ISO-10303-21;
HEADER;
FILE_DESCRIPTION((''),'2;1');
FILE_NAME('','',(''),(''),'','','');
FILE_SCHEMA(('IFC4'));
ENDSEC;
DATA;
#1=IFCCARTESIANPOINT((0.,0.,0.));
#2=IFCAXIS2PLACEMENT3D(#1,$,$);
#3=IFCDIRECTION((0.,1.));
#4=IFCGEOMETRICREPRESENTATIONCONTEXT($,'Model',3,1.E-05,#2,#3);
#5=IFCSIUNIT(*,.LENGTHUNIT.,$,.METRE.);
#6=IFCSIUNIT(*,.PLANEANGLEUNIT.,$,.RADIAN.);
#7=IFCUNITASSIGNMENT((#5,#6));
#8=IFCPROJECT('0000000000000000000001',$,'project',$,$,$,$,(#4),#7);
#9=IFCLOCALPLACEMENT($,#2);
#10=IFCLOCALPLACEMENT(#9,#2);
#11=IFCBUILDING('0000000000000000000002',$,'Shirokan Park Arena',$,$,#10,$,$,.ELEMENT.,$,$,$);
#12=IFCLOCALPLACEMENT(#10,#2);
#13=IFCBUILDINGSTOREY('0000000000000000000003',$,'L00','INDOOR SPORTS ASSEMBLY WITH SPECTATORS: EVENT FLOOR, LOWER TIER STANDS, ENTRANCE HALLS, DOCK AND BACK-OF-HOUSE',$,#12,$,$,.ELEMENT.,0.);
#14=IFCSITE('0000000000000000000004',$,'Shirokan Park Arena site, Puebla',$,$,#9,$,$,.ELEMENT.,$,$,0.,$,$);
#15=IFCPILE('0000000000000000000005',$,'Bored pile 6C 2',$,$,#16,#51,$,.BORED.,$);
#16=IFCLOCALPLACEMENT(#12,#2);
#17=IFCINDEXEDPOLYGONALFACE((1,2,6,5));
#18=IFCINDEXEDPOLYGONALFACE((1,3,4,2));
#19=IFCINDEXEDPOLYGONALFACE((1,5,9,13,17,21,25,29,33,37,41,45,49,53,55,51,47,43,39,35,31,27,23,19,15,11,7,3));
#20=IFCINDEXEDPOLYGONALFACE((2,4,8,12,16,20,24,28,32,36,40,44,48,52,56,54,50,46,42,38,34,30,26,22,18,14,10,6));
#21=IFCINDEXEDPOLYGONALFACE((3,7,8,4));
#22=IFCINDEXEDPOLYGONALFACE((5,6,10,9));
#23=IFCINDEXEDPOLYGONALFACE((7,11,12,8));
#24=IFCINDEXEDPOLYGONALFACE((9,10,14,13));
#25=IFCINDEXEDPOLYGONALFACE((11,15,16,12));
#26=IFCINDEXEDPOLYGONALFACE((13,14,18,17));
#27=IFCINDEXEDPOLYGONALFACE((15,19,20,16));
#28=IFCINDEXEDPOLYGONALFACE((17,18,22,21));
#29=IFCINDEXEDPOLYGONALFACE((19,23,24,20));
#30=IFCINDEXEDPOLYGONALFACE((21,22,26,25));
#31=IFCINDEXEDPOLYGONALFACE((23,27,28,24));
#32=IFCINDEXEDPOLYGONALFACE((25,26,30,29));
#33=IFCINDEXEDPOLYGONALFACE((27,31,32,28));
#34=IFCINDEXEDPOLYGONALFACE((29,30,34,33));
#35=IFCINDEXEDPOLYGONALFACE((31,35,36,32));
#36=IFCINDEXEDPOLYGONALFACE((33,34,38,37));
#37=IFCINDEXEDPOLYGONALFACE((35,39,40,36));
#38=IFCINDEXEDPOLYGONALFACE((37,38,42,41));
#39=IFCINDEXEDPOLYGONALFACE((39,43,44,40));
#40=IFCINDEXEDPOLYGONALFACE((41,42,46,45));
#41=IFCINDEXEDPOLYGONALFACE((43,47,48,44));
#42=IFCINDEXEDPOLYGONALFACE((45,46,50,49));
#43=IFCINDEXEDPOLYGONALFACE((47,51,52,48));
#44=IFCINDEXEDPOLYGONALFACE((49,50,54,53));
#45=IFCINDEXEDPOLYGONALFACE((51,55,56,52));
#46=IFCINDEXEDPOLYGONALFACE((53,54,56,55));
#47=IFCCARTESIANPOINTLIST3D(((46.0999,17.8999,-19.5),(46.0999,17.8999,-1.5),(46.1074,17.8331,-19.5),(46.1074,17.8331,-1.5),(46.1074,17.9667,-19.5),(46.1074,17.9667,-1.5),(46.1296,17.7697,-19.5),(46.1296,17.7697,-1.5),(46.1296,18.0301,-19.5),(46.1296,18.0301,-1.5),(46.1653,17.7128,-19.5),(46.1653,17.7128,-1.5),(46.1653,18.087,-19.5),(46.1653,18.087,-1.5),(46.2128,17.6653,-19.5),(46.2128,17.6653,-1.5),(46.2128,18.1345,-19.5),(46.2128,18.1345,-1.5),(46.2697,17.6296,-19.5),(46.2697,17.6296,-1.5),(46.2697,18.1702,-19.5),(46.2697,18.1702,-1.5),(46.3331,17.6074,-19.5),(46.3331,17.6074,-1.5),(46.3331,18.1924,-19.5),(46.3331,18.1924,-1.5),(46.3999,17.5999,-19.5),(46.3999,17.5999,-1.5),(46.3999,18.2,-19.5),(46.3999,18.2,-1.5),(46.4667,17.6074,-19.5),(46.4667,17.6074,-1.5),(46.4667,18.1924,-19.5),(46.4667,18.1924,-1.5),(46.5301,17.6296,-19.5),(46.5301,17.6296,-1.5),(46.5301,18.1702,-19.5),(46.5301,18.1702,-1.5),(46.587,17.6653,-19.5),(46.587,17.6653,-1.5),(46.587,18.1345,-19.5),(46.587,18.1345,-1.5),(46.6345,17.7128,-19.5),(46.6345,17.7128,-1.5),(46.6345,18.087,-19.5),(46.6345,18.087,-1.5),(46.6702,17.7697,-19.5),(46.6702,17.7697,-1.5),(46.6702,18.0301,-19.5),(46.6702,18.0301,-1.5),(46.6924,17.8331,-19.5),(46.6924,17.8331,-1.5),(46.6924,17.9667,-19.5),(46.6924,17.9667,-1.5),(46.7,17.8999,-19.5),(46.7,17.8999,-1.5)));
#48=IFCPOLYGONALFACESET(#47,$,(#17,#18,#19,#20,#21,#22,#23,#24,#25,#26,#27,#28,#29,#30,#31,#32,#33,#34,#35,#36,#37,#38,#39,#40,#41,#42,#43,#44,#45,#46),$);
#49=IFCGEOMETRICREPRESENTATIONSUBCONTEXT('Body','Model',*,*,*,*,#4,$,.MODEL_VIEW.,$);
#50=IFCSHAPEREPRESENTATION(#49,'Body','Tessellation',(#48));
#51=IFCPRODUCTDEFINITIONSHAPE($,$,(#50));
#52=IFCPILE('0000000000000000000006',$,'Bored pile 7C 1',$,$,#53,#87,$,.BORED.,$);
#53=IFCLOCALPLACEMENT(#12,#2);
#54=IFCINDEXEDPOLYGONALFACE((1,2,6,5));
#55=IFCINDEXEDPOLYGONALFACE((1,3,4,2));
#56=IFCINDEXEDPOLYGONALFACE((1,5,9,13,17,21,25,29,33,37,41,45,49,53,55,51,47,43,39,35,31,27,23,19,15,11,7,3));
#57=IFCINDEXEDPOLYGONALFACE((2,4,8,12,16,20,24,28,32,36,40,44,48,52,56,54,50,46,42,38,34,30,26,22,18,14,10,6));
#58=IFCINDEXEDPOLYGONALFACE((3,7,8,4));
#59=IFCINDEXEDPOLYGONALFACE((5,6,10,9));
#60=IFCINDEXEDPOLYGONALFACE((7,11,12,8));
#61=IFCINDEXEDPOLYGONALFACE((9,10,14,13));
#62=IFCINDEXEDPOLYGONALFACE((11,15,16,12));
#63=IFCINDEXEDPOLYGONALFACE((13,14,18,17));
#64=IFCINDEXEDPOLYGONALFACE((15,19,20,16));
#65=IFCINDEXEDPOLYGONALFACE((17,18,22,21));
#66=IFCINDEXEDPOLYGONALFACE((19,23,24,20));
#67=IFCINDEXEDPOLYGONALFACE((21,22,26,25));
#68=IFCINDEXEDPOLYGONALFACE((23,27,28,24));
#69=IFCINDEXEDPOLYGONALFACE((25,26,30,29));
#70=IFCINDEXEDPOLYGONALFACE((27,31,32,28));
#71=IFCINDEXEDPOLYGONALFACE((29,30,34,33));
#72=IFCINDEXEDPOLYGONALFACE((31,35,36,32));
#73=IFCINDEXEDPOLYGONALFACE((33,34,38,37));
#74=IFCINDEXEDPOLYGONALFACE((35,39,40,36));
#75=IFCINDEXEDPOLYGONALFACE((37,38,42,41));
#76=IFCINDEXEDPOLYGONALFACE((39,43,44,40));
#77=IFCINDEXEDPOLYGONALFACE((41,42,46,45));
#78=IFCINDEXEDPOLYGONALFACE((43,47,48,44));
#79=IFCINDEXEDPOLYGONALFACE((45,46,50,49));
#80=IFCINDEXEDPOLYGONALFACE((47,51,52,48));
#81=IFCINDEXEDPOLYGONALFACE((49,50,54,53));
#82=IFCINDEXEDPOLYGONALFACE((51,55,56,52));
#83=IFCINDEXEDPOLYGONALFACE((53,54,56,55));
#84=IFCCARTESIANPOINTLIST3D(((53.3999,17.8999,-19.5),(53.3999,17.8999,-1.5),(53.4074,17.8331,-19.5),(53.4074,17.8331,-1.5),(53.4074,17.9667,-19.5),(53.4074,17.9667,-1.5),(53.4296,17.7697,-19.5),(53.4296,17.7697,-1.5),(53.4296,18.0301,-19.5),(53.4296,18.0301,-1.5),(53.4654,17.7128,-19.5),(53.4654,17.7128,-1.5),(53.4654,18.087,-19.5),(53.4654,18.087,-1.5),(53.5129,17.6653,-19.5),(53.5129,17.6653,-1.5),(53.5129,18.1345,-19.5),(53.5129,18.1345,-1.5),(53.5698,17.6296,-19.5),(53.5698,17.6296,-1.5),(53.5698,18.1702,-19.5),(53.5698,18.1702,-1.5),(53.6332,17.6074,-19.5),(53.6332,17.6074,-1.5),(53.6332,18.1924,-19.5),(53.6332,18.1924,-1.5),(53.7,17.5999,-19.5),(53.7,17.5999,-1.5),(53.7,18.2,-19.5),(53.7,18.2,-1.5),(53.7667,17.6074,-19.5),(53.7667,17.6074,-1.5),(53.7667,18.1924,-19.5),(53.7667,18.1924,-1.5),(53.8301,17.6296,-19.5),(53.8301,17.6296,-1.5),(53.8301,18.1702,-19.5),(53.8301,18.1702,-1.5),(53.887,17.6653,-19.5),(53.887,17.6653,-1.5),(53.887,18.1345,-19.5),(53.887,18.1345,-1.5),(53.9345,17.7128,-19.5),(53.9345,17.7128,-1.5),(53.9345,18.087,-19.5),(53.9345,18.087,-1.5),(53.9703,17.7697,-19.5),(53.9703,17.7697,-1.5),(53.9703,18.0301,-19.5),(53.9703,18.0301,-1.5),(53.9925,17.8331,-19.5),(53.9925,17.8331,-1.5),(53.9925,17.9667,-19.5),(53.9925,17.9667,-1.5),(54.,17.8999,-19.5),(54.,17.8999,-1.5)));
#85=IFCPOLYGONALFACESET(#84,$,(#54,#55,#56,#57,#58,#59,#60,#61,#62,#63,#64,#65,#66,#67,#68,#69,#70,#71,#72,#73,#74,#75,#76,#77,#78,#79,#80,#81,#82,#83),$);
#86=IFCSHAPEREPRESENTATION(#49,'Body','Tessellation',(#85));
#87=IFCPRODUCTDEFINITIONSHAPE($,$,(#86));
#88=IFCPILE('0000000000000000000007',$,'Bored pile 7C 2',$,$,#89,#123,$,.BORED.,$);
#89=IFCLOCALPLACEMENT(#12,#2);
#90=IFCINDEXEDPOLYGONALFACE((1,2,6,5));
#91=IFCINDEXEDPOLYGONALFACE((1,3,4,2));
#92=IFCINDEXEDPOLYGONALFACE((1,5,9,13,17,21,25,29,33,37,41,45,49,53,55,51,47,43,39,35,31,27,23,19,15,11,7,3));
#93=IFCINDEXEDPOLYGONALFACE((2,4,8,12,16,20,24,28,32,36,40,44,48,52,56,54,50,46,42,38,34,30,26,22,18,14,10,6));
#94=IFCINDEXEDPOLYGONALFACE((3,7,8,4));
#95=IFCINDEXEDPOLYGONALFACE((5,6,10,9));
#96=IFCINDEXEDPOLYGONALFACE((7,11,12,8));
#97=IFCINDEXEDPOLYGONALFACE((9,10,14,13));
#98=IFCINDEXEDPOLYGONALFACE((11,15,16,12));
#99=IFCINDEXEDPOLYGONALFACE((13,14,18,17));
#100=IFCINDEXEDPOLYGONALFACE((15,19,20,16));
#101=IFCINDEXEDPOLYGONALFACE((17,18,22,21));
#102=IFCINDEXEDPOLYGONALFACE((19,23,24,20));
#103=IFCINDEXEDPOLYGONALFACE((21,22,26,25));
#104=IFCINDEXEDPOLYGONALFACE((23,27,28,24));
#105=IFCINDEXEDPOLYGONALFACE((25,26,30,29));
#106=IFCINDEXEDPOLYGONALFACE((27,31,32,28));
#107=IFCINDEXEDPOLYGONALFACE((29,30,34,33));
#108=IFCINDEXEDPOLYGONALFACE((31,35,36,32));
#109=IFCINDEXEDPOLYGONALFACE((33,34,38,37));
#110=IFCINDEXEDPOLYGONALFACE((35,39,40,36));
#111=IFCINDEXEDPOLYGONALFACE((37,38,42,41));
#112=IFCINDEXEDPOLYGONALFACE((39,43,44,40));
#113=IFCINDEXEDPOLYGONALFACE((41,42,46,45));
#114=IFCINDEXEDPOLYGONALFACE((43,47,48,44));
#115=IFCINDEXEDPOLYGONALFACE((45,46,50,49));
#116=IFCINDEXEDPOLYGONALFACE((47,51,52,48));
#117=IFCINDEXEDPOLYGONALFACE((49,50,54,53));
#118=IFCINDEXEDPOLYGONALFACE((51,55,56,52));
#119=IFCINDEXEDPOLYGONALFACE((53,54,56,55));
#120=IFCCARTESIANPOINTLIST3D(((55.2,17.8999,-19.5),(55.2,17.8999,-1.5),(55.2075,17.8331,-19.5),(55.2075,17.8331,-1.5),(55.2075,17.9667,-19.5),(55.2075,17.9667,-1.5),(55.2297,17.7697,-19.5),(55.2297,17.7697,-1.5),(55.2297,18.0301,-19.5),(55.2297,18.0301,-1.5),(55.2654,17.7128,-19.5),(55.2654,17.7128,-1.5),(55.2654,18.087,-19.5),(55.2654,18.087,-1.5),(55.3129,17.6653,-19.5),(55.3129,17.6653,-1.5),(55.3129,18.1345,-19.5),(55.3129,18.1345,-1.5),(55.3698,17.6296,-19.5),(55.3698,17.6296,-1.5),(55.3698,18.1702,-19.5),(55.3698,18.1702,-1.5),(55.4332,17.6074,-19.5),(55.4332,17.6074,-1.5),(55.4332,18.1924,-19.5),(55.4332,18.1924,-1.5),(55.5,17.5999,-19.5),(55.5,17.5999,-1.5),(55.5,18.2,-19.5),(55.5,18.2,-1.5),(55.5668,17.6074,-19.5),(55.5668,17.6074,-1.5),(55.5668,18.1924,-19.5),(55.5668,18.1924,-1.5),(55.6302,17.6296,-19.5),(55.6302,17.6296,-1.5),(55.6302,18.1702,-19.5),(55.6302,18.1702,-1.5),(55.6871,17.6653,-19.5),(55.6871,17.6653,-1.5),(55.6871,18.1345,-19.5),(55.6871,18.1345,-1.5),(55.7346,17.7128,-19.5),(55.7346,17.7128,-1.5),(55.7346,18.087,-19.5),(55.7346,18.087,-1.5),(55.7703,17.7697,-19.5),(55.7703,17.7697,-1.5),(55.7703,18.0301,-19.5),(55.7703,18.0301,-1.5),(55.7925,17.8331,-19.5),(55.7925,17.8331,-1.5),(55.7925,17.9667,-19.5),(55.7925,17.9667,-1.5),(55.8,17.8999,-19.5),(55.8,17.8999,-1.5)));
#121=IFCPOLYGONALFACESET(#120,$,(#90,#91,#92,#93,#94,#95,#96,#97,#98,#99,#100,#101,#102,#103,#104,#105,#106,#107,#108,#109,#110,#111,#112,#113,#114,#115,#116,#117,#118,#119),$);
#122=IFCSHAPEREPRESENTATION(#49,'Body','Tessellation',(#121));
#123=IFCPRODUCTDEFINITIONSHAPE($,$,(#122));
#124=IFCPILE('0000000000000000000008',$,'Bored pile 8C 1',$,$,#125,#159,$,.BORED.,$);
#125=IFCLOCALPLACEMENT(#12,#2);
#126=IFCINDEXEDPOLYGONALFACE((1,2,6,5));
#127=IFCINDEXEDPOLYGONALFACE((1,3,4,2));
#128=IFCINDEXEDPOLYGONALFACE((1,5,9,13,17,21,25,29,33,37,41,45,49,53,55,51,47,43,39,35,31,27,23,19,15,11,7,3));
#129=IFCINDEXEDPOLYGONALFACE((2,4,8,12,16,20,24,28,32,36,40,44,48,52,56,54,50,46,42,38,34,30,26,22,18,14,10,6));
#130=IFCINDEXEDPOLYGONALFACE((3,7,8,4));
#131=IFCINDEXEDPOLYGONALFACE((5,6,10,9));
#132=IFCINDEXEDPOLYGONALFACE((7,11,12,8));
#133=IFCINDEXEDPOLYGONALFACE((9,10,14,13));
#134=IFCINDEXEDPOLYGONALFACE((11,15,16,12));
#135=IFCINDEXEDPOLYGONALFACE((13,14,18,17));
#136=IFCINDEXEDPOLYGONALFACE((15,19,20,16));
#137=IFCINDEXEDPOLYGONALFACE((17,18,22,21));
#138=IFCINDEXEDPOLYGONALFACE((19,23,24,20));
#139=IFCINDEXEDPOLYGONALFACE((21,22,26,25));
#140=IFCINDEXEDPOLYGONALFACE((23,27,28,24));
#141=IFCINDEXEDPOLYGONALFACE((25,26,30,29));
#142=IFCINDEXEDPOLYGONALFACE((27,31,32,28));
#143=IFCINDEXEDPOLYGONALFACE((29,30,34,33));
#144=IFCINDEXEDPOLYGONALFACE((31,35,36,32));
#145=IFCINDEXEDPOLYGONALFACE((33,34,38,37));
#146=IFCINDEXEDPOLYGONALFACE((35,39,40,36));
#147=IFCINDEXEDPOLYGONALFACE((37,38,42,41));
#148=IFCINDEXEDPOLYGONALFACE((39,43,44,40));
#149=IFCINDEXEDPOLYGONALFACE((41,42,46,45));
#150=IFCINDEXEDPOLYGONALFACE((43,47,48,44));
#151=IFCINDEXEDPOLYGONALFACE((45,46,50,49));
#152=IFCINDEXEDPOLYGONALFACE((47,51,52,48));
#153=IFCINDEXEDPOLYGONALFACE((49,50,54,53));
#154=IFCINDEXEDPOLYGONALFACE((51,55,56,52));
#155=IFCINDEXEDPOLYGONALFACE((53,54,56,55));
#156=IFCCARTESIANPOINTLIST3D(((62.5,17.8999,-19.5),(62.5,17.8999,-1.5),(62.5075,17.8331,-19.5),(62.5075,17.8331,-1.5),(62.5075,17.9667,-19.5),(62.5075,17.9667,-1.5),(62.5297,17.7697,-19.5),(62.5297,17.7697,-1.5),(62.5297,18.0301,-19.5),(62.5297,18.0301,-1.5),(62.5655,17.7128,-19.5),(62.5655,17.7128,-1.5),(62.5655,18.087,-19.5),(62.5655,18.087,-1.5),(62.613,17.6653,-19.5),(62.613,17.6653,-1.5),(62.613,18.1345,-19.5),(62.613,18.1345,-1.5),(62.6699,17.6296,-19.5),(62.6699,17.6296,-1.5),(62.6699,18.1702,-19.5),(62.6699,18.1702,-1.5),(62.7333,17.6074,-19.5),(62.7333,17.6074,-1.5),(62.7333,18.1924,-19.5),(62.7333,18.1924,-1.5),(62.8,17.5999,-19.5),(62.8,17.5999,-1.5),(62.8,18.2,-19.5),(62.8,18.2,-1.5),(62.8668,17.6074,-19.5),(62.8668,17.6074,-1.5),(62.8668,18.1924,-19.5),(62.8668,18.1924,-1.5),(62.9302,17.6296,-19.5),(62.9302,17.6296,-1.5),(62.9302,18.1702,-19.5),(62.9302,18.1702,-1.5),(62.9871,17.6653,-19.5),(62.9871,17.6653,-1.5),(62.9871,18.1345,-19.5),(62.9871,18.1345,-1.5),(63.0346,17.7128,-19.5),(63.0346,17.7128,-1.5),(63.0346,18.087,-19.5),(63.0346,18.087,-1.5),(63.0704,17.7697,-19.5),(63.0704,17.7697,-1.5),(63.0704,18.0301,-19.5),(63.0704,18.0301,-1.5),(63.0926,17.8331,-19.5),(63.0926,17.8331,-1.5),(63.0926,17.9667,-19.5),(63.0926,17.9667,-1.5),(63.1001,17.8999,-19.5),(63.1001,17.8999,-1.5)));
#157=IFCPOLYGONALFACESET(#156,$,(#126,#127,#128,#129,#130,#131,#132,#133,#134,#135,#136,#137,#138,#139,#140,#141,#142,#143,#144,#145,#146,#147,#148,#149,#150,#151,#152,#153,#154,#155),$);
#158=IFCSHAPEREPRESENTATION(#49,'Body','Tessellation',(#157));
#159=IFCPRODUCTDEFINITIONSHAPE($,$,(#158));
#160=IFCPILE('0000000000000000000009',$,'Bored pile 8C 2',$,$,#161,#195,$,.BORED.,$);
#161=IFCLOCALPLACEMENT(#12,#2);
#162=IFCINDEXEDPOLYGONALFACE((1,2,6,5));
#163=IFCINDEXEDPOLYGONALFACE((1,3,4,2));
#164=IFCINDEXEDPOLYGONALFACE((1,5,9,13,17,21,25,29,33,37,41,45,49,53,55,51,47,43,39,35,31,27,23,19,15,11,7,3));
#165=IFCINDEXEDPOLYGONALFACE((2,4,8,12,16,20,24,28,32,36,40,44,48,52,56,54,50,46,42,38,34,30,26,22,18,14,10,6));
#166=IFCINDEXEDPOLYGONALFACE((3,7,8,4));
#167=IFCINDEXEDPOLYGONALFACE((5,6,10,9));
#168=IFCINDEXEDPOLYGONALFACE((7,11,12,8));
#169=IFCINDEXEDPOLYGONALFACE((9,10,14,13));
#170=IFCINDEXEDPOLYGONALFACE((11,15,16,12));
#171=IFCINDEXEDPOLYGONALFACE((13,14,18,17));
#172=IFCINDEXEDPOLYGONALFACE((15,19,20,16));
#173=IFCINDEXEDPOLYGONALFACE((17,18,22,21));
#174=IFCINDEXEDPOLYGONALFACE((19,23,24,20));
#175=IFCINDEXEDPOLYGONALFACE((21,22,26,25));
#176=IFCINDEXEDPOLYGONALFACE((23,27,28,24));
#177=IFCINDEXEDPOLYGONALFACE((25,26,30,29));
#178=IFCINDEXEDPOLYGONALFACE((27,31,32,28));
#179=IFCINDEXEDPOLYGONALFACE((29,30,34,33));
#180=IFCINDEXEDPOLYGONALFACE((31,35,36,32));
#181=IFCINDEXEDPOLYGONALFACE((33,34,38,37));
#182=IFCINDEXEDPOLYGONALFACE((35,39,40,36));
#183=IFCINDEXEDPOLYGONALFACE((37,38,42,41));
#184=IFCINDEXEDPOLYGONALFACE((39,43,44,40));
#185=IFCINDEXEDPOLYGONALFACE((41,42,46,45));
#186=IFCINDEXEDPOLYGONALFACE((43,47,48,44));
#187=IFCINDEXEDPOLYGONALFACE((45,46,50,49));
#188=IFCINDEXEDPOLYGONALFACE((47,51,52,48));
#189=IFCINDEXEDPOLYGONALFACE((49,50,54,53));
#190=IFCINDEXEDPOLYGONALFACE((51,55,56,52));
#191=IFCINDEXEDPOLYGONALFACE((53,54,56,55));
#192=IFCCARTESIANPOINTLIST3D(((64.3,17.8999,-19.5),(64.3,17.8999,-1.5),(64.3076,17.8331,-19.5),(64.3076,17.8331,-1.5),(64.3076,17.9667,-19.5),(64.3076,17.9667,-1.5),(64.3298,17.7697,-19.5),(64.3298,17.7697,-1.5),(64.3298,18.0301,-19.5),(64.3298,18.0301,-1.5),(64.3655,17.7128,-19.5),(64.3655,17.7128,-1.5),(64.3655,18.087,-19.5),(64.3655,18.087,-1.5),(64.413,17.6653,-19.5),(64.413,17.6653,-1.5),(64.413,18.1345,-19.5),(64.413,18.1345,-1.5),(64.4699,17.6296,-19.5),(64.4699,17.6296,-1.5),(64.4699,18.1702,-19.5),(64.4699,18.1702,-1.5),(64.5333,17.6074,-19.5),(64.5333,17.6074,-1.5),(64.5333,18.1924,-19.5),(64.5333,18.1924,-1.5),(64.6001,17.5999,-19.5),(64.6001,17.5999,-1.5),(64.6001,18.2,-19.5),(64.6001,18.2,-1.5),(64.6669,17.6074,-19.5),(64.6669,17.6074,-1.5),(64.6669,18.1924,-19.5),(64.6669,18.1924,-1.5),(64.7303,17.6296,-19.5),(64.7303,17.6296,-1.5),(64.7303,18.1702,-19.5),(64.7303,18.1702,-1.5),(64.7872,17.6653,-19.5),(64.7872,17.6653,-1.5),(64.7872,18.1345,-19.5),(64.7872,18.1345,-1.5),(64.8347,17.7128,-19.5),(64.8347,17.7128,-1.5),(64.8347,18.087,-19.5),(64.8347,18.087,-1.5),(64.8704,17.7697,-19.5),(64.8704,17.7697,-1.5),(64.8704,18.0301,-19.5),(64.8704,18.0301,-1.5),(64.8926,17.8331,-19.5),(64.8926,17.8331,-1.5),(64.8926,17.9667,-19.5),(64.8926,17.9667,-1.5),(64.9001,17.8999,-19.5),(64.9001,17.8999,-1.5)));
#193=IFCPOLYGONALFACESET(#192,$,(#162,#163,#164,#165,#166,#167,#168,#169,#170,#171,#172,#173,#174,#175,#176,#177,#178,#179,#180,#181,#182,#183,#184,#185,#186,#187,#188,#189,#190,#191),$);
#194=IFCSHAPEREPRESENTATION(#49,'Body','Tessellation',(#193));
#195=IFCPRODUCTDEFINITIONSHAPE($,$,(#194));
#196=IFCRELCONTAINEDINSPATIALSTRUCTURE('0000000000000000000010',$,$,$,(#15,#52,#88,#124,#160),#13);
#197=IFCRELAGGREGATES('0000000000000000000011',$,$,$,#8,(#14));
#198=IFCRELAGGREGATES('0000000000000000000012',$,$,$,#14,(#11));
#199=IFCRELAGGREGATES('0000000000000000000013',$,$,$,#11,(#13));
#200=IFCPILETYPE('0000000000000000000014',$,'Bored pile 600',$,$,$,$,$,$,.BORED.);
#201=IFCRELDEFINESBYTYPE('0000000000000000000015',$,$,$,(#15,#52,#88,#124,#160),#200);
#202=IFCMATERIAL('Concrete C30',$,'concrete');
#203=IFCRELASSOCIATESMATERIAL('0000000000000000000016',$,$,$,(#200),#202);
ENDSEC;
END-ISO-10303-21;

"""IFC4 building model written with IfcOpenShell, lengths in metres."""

from ifc_helpers import new_model, si_unit, direction, frame, origin, origin_2d, place, context, subcontext, project, spatial, circle, extrude, material, material_profile, profile_set, type_object, element, save


model = new_model("IFC4")

# Units and contexts
model_context = context("Model", 3, precision=1e-05, world=origin(), true_north=direction((0.0, 1.0)))
body_context = subcontext(model_context, "Body", "Model", "MODEL_VIEW")
ifc_project = project(units=[si_unit("LENGTHUNIT", "METRE"), si_unit("PLANEANGLEUNIT", "RADIAN")], contexts=[model_context])

# Site, building, storey
site_placement = place(None, origin())
site = spatial("IfcSite", under=ifc_project, at=site_placement, Name="Shirokan Park Arena site, Puebla", CompositionType="ELEMENT", RefElevation=0.0)
building_placement = place(site_placement, origin())
building = spatial("IfcBuilding", under=site, at=building_placement, Name="Shirokan Park Arena", CompositionType="ELEMENT")
storey_placement = place(building_placement, origin())
storey = spatial("IfcBuildingStorey", under=building, at=storey_placement, Name="L00", Description="INDOOR SPORTS ASSEMBLY WITH SPECTATORS: EVENT FLOOR, LOWER TIER STANDS, ENTRANCE HALLS, DOCK AND BACK-OF-HOUSE", CompositionType="ELEMENT", Elevation=0.0)

# Piles
ifc_material_1 = material(Name="Concrete C30", Category="concrete")
ifc_material_profile_1 = material_profile(ifc_material_1, circle(Radius=0.3, at=origin_2d()), Name="D600")
ifc_profile_set_1 = profile_set([ifc_material_profile_1], Name="Concrete C30")
pile_type_1 = type_object("IfcPileType", Name="Bored pile 600", PredefinedType="BORED", material=ifc_profile_set_1)
for number, where, z_axis, x_axis, name in (
    (1, (46.3999, 17.8999, -1.5), (0.0, 0.0, -1.0), (1.0, 0.0, 0.0), "Bored pile 6C 2"),
    (2, (53.7, 17.8999, -1.5), (0.0, 0.0, -1.0), (1.0, 0.0, 0.0), "Bored pile 7C 1"),
    (3, (55.5, 17.8999, -1.5), (0.0, 0.0, -1.0), (1.0, 0.0, 0.0), "Bored pile 7C 2"),
    (4, (62.8, 17.8999, -1.5), (0.0, 0.0, -1.0), (1.0, 0.0, 0.0), "Bored pile 8C 1"),
    (5, (64.6001, 17.8999, -1.5), (0.0, 0.0, -1.0), (1.0, 0.0, 0.0), "Bored pile 8C 2"),
):
    element("IfcPile", number, at=place(storey_placement, frame(where, z_axis=z_axis, x_axis=x_axis)), inside=storey, type_object=pile_type_1, Name=name, PredefinedType="BORED", context=body_context, shape_type="SweptSolid", body=[
        extrude(circle(Radius=0.3, at=origin_2d()), origin(), (0.0, 0.0, 1.0), 18.0),
    ])

save(model, "model.ifc")
